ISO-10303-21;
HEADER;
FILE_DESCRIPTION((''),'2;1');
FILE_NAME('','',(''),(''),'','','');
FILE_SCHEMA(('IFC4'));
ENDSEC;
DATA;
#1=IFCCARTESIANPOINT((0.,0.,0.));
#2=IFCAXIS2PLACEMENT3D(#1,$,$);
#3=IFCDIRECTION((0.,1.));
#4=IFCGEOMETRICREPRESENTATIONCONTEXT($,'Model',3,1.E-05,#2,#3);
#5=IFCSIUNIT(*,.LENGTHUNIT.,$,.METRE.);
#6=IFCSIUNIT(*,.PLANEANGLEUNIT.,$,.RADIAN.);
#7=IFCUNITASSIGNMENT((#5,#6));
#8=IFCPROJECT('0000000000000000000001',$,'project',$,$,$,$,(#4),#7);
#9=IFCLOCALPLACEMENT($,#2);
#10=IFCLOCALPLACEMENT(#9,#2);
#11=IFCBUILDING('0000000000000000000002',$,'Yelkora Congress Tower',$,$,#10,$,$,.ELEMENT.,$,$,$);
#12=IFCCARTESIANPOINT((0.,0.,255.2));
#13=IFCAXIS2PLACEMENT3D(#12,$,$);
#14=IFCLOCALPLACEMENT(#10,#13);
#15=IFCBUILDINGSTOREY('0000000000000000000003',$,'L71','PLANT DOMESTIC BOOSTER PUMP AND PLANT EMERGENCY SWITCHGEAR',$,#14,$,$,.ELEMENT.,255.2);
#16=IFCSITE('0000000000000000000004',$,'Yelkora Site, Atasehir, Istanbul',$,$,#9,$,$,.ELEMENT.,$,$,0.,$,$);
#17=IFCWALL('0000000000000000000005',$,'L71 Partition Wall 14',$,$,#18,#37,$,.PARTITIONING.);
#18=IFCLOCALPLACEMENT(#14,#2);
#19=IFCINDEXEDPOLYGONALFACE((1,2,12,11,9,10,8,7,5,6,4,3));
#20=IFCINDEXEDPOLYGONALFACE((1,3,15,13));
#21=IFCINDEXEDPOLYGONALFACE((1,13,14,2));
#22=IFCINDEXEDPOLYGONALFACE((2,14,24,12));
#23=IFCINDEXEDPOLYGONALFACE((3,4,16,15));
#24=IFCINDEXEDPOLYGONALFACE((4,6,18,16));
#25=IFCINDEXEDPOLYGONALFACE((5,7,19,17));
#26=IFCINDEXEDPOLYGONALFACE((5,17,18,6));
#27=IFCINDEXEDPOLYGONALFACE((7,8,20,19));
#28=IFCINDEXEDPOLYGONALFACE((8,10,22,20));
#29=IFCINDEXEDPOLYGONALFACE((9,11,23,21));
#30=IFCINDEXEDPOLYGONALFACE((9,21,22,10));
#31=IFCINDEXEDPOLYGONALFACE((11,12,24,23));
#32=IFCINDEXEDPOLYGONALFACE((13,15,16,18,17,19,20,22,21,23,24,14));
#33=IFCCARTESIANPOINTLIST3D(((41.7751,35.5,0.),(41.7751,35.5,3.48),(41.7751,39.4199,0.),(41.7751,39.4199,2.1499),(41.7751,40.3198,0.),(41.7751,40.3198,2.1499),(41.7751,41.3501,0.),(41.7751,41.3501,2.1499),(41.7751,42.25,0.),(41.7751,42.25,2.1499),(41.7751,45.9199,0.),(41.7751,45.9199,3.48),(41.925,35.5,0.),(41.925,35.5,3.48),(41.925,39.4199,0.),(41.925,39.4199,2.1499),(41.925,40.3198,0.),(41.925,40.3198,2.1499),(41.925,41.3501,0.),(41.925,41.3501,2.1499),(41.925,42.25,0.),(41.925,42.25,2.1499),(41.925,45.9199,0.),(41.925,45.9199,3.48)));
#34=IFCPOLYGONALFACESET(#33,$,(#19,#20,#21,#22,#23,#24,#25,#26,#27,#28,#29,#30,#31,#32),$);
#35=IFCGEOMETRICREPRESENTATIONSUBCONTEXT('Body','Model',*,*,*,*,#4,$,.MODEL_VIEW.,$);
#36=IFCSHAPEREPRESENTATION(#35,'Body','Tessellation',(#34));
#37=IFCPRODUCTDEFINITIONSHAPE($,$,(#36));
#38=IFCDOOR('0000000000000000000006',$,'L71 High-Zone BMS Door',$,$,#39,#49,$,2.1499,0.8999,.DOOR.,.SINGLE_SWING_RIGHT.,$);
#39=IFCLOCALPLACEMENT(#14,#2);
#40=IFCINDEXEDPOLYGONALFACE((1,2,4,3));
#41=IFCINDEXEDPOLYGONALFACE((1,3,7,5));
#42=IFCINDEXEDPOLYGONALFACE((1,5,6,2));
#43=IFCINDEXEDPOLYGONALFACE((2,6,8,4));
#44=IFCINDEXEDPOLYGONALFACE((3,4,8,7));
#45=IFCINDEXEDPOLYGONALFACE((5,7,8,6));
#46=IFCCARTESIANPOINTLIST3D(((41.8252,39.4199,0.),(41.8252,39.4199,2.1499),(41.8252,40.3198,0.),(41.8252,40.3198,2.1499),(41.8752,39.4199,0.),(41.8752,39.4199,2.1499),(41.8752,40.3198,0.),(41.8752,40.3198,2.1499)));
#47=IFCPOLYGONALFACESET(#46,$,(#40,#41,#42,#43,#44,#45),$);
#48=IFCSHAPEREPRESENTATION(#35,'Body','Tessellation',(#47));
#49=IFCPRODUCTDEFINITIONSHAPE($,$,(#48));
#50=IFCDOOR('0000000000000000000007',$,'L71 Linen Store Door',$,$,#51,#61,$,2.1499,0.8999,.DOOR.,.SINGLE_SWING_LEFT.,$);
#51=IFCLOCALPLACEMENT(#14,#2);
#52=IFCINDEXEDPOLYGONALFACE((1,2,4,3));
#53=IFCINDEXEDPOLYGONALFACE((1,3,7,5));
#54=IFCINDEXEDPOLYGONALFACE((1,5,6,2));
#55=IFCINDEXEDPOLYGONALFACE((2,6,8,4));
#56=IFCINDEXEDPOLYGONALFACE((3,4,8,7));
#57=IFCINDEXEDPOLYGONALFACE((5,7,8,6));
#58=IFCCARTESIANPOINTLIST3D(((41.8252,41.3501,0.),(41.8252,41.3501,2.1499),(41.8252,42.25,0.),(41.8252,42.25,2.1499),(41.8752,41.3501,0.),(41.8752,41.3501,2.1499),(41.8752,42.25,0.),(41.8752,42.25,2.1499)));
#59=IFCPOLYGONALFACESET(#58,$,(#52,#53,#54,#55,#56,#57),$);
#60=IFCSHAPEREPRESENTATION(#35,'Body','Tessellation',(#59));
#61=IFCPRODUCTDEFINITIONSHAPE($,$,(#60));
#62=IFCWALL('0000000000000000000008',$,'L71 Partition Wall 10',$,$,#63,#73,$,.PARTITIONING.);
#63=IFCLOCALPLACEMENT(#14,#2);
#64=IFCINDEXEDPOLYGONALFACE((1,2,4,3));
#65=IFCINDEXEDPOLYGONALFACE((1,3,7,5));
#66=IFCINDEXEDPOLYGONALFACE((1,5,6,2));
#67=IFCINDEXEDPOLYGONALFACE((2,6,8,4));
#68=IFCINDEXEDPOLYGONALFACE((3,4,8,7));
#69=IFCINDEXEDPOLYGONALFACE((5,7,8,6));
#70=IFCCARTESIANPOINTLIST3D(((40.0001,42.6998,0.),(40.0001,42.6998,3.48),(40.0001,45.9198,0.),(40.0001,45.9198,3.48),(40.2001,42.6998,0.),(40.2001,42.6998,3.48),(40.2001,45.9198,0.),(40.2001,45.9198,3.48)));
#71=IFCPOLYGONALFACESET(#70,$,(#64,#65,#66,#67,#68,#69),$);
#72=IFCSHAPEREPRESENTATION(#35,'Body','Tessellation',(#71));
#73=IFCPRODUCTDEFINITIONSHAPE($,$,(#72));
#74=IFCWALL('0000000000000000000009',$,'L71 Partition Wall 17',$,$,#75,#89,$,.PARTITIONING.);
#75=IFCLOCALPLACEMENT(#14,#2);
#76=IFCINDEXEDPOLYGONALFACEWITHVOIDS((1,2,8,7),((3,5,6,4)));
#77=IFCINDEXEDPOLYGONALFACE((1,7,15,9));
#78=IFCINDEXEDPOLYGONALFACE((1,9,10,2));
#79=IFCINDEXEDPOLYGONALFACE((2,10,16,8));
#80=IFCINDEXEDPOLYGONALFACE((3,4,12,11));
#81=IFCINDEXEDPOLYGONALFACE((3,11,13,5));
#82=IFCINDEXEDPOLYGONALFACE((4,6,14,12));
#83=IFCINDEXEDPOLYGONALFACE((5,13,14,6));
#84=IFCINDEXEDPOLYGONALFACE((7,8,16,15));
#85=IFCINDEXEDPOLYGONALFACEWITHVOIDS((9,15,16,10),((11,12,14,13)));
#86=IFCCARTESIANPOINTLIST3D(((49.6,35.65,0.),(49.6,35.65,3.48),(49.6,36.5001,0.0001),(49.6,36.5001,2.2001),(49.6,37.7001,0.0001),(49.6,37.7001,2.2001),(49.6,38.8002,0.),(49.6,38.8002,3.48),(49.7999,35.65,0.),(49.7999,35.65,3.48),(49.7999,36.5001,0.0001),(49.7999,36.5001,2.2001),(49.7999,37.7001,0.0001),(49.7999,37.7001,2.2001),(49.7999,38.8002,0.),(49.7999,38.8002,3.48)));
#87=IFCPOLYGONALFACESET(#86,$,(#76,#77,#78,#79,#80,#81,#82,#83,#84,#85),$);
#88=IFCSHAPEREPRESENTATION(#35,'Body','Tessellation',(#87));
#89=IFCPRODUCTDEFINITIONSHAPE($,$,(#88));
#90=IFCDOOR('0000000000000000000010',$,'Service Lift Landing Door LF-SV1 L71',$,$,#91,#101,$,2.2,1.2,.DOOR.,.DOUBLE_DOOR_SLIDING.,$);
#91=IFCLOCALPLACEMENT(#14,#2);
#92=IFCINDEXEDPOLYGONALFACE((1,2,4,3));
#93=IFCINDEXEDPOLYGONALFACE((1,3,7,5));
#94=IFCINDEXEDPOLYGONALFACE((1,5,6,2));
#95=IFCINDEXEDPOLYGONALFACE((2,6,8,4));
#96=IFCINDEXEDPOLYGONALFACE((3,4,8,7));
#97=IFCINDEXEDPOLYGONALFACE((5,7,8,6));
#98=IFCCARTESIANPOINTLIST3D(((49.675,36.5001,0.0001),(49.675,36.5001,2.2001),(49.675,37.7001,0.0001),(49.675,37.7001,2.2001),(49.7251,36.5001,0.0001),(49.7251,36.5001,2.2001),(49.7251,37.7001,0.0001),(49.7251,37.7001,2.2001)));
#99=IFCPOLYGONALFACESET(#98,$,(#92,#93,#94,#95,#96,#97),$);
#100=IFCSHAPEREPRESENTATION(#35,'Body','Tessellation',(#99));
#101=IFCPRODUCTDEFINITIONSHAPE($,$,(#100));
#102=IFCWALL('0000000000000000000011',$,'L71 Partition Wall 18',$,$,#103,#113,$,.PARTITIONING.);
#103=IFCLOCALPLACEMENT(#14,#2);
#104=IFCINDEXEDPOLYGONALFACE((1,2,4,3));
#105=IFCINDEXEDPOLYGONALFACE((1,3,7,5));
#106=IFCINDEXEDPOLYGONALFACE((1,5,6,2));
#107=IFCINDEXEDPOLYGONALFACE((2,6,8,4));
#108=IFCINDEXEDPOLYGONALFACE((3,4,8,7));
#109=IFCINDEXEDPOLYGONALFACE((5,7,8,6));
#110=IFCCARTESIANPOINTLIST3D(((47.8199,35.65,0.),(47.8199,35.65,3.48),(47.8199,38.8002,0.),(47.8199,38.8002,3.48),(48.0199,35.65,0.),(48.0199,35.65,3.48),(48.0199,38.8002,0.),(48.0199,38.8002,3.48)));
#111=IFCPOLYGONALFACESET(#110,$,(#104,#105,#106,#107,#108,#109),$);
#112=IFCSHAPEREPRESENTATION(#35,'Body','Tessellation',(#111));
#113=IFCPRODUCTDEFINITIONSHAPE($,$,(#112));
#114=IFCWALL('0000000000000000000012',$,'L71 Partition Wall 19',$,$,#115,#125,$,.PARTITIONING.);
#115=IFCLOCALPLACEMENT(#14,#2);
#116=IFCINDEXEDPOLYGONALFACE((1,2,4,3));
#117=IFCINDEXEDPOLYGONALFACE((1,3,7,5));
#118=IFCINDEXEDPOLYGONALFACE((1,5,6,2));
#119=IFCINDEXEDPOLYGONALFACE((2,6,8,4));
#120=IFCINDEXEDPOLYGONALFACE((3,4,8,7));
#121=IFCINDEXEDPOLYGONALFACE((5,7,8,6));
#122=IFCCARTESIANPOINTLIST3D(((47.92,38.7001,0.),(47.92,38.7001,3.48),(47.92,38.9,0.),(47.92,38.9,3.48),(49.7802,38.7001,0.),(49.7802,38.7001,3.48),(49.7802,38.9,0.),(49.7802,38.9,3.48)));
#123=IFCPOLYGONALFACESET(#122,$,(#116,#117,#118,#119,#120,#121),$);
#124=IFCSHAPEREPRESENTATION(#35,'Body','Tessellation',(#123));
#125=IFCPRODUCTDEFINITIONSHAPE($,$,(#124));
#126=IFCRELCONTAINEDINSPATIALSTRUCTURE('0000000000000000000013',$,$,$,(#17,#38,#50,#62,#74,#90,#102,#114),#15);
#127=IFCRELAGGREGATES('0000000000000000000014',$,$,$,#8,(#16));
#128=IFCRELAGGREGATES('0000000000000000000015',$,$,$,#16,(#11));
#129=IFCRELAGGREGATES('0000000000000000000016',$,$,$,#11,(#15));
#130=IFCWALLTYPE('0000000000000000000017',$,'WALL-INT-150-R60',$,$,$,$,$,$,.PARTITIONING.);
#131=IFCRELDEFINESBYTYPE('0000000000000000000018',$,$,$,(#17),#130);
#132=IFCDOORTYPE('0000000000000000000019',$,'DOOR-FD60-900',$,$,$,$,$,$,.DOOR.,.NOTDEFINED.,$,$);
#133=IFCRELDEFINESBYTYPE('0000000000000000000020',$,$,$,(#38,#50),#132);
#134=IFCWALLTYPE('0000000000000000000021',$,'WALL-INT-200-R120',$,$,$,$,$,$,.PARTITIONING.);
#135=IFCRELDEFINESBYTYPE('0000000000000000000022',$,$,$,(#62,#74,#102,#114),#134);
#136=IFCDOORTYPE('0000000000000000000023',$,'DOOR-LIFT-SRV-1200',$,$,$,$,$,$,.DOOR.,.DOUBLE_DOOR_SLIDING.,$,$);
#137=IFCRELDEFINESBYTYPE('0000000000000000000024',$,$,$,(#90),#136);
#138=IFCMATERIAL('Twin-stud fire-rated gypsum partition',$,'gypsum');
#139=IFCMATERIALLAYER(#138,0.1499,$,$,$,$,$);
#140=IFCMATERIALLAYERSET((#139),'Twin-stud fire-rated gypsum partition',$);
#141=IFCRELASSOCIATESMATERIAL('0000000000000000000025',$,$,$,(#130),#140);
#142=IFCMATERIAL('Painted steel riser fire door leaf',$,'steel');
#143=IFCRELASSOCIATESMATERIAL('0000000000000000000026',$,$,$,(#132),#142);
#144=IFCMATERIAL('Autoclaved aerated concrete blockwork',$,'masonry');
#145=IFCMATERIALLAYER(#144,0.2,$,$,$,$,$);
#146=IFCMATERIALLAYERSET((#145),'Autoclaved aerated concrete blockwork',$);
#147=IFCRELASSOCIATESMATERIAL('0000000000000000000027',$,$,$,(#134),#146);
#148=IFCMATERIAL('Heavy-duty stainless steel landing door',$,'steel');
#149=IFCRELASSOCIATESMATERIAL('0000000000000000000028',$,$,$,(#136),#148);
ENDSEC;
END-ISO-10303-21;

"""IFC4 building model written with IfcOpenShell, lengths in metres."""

from ifc_helpers import new_model, si_unit, direction, frame, frame_2d, origin, place, context, subcontext, project, spatial, rectangle, extrude, material, layer, layer_set, type_object, element, fill, save


model = new_model("IFC4")

# Units and contexts
model_context = context("Model", 3, precision=1e-05, world=origin(), true_north=direction((0.0, 1.0)))
body_context = subcontext(model_context, "Body", "Model", "MODEL_VIEW")
ifc_project = project(units=[si_unit("LENGTHUNIT", "METRE"), si_unit("PLANEANGLEUNIT", "RADIAN")], contexts=[model_context])

# Site, building, storey
site_placement = place(None, origin())
site = spatial("IfcSite", under=ifc_project, at=site_placement, Name="Yelkora Site, Atasehir, Istanbul", CompositionType="ELEMENT", RefElevation=0.0)
building_placement = place(site_placement, origin())
building = spatial("IfcBuilding", under=site, at=building_placement, Name="Yelkora Congress Tower", CompositionType="ELEMENT")
storey_placement = place(building_placement, frame((0.0, 0.0, 255.2)))
storey = spatial("IfcBuildingStorey", under=building, at=storey_placement, Name="L71", Description="PLANT DOMESTIC BOOSTER PUMP AND PLANT EMERGENCY SWITCHGEAR", CompositionType="ELEMENT", Elevation=255.2)

# Shared definitions
ifc_material_1 = material(Name="Twin-stud fire-rated gypsum partition", Category="gypsum")
ifc_layer_1 = layer(ifc_material_1, 0.1499)
ifc_layer_set_1 = layer_set([ifc_layer_1], Name="Twin-stud fire-rated gypsum partition")
wall_type_1 = type_object("IfcWallType", Name="WALL-INT-150-R60", PredefinedType="PARTITIONING", material=ifc_layer_set_1)

# Wall, openings, doors
wall_1_placement = place(storey_placement, frame((41.8501, 35.5, 0.0), z_axis=(0.0, 0.0, 1.0), x_axis=(0.0, 1.0, 0.0)))
wall_1 = element("IfcWall", 1, at=wall_1_placement, inside=storey, type_object=wall_type_1, Name="L71 Partition Wall 14", PredefinedType="PARTITIONING", context=body_context, shape_type="SweptSolid", body=[
    extrude(rectangle(XDim=10.4199, YDim=0.1499, at=frame_2d((5.21, 0.0))), origin(), (0.0, 0.0, 1.0), 3.48),
])
opening_1_placement = place(wall_1_placement, frame((3.9199, 0.0, 0.0)))
opening_1 = element("IfcOpeningElement", 2, at=opening_1_placement, cuts=wall_1, PredefinedType="OPENING", context=body_context, shape_type="SweptSolid", body=[
    extrude(rectangle(XDim=0.8999, YDim=2.1499, at=frame_2d((0.45, 1.075))), frame((0.0, 0.085, 0.0), z_axis=(0.0, -1.0, 0.0), x_axis=(1.0, 0.0, 0.0)), (0.0, 0.0, 1.0), 0.1699),
])
opening_2_placement = place(wall_1_placement, frame((5.8501, 0.0, 0.0)))
opening_2 = element("IfcOpeningElement", 3, at=opening_2_placement, cuts=wall_1, PredefinedType="OPENING", context=body_context, shape_type="SweptSolid", body=[
    extrude(rectangle(XDim=0.8999, YDim=2.1499, at=frame_2d((0.45, 1.075))), frame((0.0, 0.085, 0.0), z_axis=(0.0, -1.0, 0.0), x_axis=(1.0, 0.0, 0.0)), (0.0, 0.0, 1.0), 0.1699),
])
ifc_material_2 = material(Name="Painted steel riser fire door leaf", Category="steel")
door_type_1 = type_object("IfcDoorType", Name="DOOR-FD60-900", OperationType="NOTDEFINED", PredefinedType="DOOR", material=ifc_material_2)
door_1_placement = place(opening_1_placement, origin())
door_1 = element("IfcDoor", 4, at=door_1_placement, inside=storey, type_object=door_type_1, Name="L71 High-Zone BMS Door", OperationType="SINGLE_SWING_RIGHT", OverallHeight=2.1499, OverallWidth=0.8999, PredefinedType="DOOR", context=body_context, shape_type="SweptSolid", body=[
    extrude(rectangle(XDim=0.8999, YDim=2.1499, at=frame_2d((0.45, 1.075))), frame((0.0, 0.0249, 0.0), z_axis=(0.0, -1.0, 0.0), x_axis=(1.0, 0.0, 0.0)), (0.0, 0.0, 1.0), 0.05),
])
fill(opening_1, door_1)
door_2_placement = place(opening_2_placement, origin())
door_2 = element("IfcDoor", 5, at=door_2_placement, inside=storey, type_object=door_type_1, Name="L71 Linen Store Door", OperationType="SINGLE_SWING_LEFT", OverallHeight=2.1499, OverallWidth=0.8999, PredefinedType="DOOR", context=body_context, shape_type="SweptSolid", body=[
    extrude(rectangle(XDim=0.8999, YDim=2.1499, at=frame_2d((0.45, 1.075))), frame((0.0, 0.0249, 0.0), z_axis=(0.0, -1.0, 0.0), x_axis=(1.0, 0.0, 0.0)), (0.0, 0.0, 1.0), 0.05),
])
fill(opening_2, door_2)

# Wall
ifc_material_3 = material(Name="Autoclaved aerated concrete blockwork", Category="masonry")
ifc_layer_2 = layer(ifc_material_3, 0.2)
ifc_layer_set_2 = layer_set([ifc_layer_2], Name="Autoclaved aerated concrete blockwork")
wall_type_2 = type_object("IfcWallType", Name="WALL-INT-200-R120", PredefinedType="PARTITIONING", material=ifc_layer_set_2)
wall_2_placement = place(storey_placement, frame((40.1001, 42.7, 0.0), z_axis=(0.0, 0.0, 1.0), x_axis=(0.0, 1.0, 0.0)))
element("IfcWall", 6, at=wall_2_placement, inside=storey, type_object=wall_type_2, Name="L71 Partition Wall 10", PredefinedType="PARTITIONING", context=body_context, shape_type="SweptSolid", body=[
    extrude(rectangle(XDim=3.22, YDim=0.2, at=frame_2d((1.6099, 0.0))), origin(), (0.0, 0.0, 1.0), 3.48),
])

# Wall, opening, door
wall_3_placement = place(storey_placement, frame((49.7, 35.6499, 0.0), z_axis=(0.0, 0.0, 1.0), x_axis=(0.0, 1.0, 0.0)))
wall_3 = element("IfcWall", 7, at=wall_3_placement, inside=storey, type_object=wall_type_2, Name="L71 Partition Wall 17", PredefinedType="PARTITIONING", context=body_context, shape_type="SweptSolid", body=[
    extrude(rectangle(XDim=3.1501, YDim=0.2, at=frame_2d((1.5752, 0.0))), origin(), (0.0, 0.0, 1.0), 3.48),
])
opening_3_placement = place(wall_3_placement, frame((0.8501, 0.0, 0.0)))
opening_3 = element("IfcOpeningElement", 8, at=opening_3_placement, cuts=wall_3, PredefinedType="OPENING", context=body_context, shape_type="SweptSolid", body=[
    extrude(rectangle(XDim=1.2, YDim=2.2, at=frame_2d((0.6001, 1.1001))), frame((0.0, 0.1099, 0.0), z_axis=(0.0, -1.0, 0.0), x_axis=(1.0, 0.0, 0.0)), (0.0, 0.0, 1.0), 0.22),
])
ifc_material_4 = material(Name="Heavy-duty stainless steel landing door", Category="steel")
door_type_2 = type_object("IfcDoorType", Name="DOOR-LIFT-SRV-1200", OperationType="DOUBLE_DOOR_SLIDING", PredefinedType="DOOR", material=ifc_material_4)
door_3_placement = place(opening_3_placement, origin())
door_3 = element("IfcDoor", 9, at=door_3_placement, inside=storey, type_object=door_type_2, Name="Service Lift Landing Door LF-SV1 L71", OperationType="DOUBLE_DOOR_SLIDING", OverallHeight=2.2, OverallWidth=1.2, PredefinedType="DOOR", context=body_context, shape_type="SweptSolid", body=[
    extrude(rectangle(XDim=1.2, YDim=2.2, at=frame_2d((0.6001, 1.1001))), frame((0.0, 0.0249, 0.0), z_axis=(0.0, -1.0, 0.0), x_axis=(1.0, 0.0, 0.0)), (0.0, 0.0, 1.0), 0.05),
])
fill(opening_3, door_3)

# Walls
wall_4_placement = place(storey_placement, frame((47.9199, 35.6499, 0.0), z_axis=(0.0, 0.0, 1.0), x_axis=(0.0, 1.0, 0.0)))
element("IfcWall", 10, at=wall_4_placement, inside=storey, type_object=wall_type_2, Name="L71 Partition Wall 18", PredefinedType="PARTITIONING", context=body_context, shape_type="SweptSolid", body=[
    extrude(rectangle(XDim=3.1501, YDim=0.2, at=frame_2d((1.5752, 0.0))), origin(), (0.0, 0.0, 1.0), 3.48),
])
wall_5_placement = place(storey_placement, frame((47.9199, 38.8, 0.0), z_axis=(0.0, 0.0, 1.0), x_axis=(1.0, 0.0, 0.0)))
element("IfcWall", 11, at=wall_5_placement, inside=storey, type_object=wall_type_2, Name="L71 Partition Wall 19", PredefinedType="PARTITIONING", context=body_context, shape_type="SweptSolid", body=[
    extrude(rectangle(XDim=1.8601, YDim=0.2, at=frame_2d((0.9302, 0.0))), origin(), (0.0, 0.0, 1.0), 3.48),
])

save(model, "model.ifc")
